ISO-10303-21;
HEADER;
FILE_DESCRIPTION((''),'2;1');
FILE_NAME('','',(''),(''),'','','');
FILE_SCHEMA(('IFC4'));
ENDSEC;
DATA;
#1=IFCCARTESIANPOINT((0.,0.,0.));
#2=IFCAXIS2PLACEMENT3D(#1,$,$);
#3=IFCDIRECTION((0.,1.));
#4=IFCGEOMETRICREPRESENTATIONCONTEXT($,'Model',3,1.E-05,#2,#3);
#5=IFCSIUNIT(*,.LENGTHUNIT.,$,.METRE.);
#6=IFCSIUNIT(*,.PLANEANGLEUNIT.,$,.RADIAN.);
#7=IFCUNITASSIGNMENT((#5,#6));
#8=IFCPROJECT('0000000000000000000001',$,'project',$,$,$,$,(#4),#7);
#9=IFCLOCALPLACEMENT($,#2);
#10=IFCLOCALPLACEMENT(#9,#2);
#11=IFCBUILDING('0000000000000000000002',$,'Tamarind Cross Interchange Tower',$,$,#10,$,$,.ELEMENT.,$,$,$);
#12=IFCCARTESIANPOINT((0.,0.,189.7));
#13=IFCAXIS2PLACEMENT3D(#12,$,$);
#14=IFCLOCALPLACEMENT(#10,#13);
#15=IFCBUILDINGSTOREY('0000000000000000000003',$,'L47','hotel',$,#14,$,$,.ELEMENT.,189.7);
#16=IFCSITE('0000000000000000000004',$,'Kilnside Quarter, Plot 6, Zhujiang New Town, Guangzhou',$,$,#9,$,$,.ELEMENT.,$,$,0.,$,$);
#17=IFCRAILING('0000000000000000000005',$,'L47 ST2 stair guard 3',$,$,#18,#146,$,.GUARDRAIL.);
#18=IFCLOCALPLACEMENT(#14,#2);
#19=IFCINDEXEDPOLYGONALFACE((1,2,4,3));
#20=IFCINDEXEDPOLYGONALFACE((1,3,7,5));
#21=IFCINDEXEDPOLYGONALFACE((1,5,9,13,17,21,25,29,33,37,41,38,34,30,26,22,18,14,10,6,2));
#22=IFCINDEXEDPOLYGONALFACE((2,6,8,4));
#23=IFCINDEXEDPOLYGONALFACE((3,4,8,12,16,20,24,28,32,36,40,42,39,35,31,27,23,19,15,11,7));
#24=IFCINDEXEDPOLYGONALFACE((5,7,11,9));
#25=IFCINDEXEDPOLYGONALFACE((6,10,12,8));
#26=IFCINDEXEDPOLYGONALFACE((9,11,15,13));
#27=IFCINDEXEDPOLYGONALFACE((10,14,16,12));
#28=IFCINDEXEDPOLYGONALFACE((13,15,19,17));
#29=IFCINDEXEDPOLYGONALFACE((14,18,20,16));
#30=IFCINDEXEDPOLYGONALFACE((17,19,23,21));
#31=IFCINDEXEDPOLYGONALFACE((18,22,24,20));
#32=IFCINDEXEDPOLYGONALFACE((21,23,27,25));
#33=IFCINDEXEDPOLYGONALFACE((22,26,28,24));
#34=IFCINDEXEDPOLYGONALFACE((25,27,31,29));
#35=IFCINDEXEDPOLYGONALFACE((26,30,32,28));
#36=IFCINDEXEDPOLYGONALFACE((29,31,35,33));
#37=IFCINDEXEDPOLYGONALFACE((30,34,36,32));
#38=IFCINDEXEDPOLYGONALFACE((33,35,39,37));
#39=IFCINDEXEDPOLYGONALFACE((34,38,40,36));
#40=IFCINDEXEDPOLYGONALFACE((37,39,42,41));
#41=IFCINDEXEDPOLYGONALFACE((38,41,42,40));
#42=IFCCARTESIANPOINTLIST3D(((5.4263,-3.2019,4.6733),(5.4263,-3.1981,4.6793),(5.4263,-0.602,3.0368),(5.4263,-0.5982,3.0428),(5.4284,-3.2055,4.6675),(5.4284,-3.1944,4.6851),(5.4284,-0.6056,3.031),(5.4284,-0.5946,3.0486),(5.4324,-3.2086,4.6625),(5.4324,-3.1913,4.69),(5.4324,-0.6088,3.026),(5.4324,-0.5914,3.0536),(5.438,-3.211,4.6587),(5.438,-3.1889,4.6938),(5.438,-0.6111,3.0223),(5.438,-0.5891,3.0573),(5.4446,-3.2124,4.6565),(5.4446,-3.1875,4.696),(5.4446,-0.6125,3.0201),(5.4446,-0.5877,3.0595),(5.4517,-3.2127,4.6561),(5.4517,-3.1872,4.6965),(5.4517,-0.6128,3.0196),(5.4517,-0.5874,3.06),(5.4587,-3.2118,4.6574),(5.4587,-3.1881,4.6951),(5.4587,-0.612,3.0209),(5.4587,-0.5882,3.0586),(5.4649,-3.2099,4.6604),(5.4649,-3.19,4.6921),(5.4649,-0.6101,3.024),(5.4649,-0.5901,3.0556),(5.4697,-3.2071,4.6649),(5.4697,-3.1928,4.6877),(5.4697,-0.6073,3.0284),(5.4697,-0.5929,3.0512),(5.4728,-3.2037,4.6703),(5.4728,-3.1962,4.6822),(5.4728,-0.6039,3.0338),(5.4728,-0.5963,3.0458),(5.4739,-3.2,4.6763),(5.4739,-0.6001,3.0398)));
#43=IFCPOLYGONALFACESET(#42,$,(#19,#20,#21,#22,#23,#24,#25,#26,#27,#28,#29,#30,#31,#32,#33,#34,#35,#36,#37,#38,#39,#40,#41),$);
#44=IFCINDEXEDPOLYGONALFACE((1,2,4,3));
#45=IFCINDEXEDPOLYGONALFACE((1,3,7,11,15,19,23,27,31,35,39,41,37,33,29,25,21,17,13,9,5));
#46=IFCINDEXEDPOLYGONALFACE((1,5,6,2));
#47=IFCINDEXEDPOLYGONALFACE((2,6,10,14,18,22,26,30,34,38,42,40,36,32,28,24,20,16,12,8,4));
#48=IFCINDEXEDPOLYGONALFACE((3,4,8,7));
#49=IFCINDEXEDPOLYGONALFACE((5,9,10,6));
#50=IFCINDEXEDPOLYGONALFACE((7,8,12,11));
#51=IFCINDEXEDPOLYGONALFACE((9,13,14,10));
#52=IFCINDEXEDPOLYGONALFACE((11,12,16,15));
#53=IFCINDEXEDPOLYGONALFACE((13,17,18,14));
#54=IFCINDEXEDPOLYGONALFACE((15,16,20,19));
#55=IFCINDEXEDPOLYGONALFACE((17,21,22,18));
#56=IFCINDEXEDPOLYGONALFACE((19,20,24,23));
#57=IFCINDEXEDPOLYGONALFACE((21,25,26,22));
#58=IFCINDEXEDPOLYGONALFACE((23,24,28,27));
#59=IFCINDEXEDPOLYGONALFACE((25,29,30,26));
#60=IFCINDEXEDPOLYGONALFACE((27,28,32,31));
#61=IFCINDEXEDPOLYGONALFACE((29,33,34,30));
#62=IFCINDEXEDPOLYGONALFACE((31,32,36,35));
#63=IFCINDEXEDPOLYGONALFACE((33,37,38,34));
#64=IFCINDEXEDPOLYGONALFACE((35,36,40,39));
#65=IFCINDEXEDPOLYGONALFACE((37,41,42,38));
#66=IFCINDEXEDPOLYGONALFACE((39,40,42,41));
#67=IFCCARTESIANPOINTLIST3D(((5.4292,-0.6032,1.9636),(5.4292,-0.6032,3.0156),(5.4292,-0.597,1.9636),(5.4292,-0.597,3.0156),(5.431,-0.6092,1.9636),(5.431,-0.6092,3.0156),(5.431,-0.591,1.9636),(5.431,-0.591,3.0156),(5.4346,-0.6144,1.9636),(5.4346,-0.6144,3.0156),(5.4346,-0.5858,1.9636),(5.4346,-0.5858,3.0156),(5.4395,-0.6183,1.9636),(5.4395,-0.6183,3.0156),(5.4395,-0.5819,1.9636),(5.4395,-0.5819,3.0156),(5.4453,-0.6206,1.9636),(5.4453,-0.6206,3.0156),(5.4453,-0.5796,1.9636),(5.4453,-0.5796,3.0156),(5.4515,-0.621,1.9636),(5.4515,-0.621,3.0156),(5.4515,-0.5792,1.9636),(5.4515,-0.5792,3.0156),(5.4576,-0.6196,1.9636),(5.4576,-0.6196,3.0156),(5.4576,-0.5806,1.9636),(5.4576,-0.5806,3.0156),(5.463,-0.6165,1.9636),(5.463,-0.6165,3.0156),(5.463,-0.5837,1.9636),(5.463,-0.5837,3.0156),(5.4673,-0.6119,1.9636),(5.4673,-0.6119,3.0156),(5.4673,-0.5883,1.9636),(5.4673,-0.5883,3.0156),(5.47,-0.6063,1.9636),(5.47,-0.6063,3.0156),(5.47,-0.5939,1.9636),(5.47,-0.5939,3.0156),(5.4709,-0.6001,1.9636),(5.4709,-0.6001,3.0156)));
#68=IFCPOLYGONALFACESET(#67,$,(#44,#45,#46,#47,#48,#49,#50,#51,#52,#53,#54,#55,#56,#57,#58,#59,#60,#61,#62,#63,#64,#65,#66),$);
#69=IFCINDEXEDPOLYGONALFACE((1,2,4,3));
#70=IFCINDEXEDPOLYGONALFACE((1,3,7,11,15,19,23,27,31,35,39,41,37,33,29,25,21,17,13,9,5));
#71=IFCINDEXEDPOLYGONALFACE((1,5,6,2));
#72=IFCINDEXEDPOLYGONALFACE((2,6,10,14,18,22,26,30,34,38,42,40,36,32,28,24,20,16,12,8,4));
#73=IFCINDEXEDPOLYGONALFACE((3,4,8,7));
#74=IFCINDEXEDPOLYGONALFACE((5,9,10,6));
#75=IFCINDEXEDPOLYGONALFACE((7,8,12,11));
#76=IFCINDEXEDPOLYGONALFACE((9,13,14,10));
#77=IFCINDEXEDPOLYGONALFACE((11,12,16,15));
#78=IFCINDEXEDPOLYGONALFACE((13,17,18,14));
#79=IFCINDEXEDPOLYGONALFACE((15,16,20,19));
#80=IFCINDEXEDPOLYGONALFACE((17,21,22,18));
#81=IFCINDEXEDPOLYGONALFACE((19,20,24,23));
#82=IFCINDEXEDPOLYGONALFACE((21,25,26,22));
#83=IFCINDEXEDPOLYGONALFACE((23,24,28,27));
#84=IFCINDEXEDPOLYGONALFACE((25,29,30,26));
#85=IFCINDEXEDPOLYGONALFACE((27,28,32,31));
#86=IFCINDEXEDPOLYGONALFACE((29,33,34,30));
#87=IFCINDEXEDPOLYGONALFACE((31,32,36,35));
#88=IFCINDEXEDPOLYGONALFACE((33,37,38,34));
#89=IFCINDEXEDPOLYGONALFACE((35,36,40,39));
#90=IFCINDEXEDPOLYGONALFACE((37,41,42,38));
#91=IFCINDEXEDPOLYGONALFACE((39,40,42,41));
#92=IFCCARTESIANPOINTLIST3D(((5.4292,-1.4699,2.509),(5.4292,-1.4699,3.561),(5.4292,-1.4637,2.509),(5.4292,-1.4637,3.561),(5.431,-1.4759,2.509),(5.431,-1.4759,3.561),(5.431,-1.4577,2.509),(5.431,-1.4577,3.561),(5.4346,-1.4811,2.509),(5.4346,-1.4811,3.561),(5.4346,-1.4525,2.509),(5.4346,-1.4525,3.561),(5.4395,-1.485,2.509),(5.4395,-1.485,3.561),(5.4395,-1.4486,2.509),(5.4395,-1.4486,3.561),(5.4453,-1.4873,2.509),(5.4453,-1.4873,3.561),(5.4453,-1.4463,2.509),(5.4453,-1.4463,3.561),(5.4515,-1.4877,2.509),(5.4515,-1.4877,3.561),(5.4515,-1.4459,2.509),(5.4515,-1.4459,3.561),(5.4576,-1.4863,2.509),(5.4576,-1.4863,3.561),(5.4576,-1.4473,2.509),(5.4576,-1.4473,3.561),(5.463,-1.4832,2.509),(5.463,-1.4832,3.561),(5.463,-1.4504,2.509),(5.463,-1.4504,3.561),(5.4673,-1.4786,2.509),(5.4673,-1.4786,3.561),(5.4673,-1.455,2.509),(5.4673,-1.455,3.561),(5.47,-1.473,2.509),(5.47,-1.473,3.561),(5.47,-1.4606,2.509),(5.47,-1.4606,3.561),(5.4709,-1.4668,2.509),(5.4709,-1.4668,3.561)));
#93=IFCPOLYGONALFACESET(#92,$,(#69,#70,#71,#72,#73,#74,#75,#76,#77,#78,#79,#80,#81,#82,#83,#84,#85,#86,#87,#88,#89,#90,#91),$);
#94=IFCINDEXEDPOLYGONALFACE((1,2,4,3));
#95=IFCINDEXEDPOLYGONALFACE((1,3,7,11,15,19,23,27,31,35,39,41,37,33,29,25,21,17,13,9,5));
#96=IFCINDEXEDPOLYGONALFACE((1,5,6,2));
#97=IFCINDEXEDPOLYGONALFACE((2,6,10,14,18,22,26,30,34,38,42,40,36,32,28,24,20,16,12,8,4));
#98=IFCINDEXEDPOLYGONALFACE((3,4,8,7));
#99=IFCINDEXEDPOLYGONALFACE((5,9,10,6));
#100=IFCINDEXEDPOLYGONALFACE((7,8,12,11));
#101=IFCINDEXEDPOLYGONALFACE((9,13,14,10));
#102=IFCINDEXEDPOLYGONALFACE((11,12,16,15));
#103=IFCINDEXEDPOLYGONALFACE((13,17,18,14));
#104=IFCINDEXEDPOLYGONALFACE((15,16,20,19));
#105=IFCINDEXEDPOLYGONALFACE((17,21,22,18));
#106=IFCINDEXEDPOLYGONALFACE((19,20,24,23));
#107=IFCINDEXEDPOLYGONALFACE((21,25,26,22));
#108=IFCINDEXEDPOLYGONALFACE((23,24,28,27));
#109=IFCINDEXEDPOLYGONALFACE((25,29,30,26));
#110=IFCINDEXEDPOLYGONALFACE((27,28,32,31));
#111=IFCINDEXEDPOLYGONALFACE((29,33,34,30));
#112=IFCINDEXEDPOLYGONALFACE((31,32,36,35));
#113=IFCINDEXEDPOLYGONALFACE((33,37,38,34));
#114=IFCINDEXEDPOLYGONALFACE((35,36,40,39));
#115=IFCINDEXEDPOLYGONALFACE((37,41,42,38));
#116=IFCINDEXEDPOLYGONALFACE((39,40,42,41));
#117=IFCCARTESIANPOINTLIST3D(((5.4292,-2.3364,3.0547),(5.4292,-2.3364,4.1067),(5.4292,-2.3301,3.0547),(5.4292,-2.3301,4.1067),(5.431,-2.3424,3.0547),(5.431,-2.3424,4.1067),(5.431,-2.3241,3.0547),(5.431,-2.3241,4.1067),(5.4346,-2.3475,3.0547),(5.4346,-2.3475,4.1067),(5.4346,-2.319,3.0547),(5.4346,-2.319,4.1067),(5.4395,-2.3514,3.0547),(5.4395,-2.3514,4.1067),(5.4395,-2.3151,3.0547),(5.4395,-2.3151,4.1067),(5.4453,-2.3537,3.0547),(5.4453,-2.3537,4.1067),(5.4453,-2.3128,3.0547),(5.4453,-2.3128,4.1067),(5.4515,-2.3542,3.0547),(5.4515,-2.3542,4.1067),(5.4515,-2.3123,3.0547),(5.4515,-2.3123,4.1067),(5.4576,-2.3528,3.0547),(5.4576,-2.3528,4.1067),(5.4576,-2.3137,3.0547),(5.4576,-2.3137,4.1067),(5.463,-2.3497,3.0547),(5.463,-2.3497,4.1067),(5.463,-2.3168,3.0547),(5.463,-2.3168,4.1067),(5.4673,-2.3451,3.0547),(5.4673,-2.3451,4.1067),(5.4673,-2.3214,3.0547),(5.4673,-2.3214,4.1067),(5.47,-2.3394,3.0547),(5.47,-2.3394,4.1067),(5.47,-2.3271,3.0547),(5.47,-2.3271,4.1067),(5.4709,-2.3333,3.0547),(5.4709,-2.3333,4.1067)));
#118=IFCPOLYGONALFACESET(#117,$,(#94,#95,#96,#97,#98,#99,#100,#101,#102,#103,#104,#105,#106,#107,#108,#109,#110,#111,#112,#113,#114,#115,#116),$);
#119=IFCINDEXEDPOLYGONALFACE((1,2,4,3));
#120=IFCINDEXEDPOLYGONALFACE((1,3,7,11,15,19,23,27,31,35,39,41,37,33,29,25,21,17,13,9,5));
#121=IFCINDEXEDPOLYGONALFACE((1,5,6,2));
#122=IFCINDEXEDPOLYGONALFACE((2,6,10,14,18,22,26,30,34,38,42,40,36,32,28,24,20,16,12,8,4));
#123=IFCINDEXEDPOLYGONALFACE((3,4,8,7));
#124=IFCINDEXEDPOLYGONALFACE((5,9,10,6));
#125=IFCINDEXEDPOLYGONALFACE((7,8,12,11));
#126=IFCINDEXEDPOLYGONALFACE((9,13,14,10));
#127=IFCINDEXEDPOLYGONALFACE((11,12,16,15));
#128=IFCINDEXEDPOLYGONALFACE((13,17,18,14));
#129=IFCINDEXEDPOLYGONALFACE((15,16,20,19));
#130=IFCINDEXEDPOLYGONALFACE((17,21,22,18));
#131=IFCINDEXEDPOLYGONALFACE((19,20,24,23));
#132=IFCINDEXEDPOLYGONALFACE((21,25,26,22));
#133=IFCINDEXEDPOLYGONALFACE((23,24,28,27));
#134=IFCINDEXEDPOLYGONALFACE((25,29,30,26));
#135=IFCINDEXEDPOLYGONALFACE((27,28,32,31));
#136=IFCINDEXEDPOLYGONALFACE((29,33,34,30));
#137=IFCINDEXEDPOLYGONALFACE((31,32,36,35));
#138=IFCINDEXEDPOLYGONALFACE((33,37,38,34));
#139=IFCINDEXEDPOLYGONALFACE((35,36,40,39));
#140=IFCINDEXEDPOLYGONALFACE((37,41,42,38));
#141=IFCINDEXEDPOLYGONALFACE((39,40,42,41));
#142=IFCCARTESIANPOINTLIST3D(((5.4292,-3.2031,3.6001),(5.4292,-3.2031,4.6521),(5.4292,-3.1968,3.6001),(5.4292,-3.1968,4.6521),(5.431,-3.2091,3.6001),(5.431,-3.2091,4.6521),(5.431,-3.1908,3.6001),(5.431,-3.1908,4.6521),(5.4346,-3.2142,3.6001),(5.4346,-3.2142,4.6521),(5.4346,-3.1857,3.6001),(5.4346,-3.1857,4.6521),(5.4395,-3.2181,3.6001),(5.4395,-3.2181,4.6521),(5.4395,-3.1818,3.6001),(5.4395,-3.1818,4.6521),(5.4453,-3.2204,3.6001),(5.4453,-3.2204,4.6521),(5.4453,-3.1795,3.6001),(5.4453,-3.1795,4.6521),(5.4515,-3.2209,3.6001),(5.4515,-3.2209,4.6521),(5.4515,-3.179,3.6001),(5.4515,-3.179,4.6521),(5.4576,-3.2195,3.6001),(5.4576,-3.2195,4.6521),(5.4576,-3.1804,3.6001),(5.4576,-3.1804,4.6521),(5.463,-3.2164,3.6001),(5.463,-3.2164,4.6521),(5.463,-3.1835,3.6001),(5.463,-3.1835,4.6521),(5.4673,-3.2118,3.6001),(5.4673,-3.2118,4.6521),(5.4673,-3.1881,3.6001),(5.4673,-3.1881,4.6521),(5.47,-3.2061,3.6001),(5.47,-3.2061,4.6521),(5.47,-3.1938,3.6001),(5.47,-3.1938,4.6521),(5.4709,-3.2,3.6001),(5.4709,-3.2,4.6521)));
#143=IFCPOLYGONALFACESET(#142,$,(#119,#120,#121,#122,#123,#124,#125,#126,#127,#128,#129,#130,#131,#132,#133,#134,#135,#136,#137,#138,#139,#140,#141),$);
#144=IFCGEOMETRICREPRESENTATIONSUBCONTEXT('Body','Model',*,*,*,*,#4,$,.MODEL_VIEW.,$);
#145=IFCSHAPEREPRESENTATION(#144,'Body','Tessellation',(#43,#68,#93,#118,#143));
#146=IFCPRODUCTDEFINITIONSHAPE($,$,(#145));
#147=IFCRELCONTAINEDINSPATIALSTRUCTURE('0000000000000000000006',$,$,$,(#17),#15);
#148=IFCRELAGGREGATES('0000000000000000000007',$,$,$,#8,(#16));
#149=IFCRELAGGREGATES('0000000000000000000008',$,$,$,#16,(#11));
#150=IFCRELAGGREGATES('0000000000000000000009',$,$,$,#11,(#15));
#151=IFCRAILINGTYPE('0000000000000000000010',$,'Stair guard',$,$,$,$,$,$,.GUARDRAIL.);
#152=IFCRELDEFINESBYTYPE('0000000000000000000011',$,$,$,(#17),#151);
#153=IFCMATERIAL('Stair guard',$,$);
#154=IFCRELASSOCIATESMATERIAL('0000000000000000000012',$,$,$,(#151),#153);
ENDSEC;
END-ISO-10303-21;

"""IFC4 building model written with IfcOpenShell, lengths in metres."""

from ifc_helpers import new_model, si_unit, direction, frame, origin, origin_2d, place, context, subcontext, project, spatial, circle, extrude, material, type_object, element, save


model = new_model("IFC4")

# Units and contexts
model_context = context("Model", 3, precision=1e-05, world=origin(), true_north=direction((0.0, 1.0)))
body_context = subcontext(model_context, "Body", "Model", "MODEL_VIEW")
ifc_project = project(units=[si_unit("LENGTHUNIT", "METRE"), si_unit("PLANEANGLEUNIT", "RADIAN")], contexts=[model_context])

# Site, building, storey
site_placement = place(None, origin())
site = spatial("IfcSite", under=ifc_project, at=site_placement, Name="Kilnside Quarter, Plot 6, Zhujiang New Town, Guangzhou", CompositionType="ELEMENT", RefElevation=0.0)
building_placement = place(site_placement, origin())
building = spatial("IfcBuilding", under=site, at=building_placement, Name="Tamarind Cross Interchange Tower", CompositionType="ELEMENT")
storey_placement = place(building_placement, frame((0.0, 0.0, 189.7)))
storey = spatial("IfcBuildingStorey", under=building, at=storey_placement, Name="L47", Description="hotel", CompositionType="ELEMENT", Elevation=189.7)

# Railing
ifc_material_1 = material(Name="Stair guard")
railing_type_1 = type_object("IfcRailingType", Name="Stair guard", PredefinedType="GUARDRAIL", material=ifc_material_1)
railing_1_placement = place(storey_placement, frame((5.45, -0.6001, 1.9636)))
element("IfcRailing", 1, at=railing_1_placement, inside=storey, type_object=railing_type_1, Name="L47 ST2 stair guard 3", PredefinedType="GUARDRAIL", context=body_context, shape_type="SweptSolid", body=[
    extrude(circle(Radius=0.0239, at=origin_2d()), frame((0.0, 0.0, 1.0762), z_axis=(0.0, -0.846302, 0.532704), x_axis=(1.0, 0.0, 0.0)), (0.0, 0.0, 1.0), 3.072),
    extrude(circle(Radius=0.021, at=origin_2d()), origin(), (0.0, 0.0, 1.0), 1.052),
    extrude(circle(Radius=0.021, at=origin_2d()), frame((0.0, -0.8667, 0.5454)), (0.0, 0.0, 1.0), 1.052),
    extrude(circle(Radius=0.021, at=origin_2d()), frame((0.0, -1.7332, 1.0911)), (0.0, 0.0, 1.0), 1.052),
    extrude(circle(Radius=0.021, at=origin_2d()), frame((0.0, -2.5999, 1.6365)), (0.0, 0.0, 1.0), 1.052),
])

save(model, "model.ifc")
